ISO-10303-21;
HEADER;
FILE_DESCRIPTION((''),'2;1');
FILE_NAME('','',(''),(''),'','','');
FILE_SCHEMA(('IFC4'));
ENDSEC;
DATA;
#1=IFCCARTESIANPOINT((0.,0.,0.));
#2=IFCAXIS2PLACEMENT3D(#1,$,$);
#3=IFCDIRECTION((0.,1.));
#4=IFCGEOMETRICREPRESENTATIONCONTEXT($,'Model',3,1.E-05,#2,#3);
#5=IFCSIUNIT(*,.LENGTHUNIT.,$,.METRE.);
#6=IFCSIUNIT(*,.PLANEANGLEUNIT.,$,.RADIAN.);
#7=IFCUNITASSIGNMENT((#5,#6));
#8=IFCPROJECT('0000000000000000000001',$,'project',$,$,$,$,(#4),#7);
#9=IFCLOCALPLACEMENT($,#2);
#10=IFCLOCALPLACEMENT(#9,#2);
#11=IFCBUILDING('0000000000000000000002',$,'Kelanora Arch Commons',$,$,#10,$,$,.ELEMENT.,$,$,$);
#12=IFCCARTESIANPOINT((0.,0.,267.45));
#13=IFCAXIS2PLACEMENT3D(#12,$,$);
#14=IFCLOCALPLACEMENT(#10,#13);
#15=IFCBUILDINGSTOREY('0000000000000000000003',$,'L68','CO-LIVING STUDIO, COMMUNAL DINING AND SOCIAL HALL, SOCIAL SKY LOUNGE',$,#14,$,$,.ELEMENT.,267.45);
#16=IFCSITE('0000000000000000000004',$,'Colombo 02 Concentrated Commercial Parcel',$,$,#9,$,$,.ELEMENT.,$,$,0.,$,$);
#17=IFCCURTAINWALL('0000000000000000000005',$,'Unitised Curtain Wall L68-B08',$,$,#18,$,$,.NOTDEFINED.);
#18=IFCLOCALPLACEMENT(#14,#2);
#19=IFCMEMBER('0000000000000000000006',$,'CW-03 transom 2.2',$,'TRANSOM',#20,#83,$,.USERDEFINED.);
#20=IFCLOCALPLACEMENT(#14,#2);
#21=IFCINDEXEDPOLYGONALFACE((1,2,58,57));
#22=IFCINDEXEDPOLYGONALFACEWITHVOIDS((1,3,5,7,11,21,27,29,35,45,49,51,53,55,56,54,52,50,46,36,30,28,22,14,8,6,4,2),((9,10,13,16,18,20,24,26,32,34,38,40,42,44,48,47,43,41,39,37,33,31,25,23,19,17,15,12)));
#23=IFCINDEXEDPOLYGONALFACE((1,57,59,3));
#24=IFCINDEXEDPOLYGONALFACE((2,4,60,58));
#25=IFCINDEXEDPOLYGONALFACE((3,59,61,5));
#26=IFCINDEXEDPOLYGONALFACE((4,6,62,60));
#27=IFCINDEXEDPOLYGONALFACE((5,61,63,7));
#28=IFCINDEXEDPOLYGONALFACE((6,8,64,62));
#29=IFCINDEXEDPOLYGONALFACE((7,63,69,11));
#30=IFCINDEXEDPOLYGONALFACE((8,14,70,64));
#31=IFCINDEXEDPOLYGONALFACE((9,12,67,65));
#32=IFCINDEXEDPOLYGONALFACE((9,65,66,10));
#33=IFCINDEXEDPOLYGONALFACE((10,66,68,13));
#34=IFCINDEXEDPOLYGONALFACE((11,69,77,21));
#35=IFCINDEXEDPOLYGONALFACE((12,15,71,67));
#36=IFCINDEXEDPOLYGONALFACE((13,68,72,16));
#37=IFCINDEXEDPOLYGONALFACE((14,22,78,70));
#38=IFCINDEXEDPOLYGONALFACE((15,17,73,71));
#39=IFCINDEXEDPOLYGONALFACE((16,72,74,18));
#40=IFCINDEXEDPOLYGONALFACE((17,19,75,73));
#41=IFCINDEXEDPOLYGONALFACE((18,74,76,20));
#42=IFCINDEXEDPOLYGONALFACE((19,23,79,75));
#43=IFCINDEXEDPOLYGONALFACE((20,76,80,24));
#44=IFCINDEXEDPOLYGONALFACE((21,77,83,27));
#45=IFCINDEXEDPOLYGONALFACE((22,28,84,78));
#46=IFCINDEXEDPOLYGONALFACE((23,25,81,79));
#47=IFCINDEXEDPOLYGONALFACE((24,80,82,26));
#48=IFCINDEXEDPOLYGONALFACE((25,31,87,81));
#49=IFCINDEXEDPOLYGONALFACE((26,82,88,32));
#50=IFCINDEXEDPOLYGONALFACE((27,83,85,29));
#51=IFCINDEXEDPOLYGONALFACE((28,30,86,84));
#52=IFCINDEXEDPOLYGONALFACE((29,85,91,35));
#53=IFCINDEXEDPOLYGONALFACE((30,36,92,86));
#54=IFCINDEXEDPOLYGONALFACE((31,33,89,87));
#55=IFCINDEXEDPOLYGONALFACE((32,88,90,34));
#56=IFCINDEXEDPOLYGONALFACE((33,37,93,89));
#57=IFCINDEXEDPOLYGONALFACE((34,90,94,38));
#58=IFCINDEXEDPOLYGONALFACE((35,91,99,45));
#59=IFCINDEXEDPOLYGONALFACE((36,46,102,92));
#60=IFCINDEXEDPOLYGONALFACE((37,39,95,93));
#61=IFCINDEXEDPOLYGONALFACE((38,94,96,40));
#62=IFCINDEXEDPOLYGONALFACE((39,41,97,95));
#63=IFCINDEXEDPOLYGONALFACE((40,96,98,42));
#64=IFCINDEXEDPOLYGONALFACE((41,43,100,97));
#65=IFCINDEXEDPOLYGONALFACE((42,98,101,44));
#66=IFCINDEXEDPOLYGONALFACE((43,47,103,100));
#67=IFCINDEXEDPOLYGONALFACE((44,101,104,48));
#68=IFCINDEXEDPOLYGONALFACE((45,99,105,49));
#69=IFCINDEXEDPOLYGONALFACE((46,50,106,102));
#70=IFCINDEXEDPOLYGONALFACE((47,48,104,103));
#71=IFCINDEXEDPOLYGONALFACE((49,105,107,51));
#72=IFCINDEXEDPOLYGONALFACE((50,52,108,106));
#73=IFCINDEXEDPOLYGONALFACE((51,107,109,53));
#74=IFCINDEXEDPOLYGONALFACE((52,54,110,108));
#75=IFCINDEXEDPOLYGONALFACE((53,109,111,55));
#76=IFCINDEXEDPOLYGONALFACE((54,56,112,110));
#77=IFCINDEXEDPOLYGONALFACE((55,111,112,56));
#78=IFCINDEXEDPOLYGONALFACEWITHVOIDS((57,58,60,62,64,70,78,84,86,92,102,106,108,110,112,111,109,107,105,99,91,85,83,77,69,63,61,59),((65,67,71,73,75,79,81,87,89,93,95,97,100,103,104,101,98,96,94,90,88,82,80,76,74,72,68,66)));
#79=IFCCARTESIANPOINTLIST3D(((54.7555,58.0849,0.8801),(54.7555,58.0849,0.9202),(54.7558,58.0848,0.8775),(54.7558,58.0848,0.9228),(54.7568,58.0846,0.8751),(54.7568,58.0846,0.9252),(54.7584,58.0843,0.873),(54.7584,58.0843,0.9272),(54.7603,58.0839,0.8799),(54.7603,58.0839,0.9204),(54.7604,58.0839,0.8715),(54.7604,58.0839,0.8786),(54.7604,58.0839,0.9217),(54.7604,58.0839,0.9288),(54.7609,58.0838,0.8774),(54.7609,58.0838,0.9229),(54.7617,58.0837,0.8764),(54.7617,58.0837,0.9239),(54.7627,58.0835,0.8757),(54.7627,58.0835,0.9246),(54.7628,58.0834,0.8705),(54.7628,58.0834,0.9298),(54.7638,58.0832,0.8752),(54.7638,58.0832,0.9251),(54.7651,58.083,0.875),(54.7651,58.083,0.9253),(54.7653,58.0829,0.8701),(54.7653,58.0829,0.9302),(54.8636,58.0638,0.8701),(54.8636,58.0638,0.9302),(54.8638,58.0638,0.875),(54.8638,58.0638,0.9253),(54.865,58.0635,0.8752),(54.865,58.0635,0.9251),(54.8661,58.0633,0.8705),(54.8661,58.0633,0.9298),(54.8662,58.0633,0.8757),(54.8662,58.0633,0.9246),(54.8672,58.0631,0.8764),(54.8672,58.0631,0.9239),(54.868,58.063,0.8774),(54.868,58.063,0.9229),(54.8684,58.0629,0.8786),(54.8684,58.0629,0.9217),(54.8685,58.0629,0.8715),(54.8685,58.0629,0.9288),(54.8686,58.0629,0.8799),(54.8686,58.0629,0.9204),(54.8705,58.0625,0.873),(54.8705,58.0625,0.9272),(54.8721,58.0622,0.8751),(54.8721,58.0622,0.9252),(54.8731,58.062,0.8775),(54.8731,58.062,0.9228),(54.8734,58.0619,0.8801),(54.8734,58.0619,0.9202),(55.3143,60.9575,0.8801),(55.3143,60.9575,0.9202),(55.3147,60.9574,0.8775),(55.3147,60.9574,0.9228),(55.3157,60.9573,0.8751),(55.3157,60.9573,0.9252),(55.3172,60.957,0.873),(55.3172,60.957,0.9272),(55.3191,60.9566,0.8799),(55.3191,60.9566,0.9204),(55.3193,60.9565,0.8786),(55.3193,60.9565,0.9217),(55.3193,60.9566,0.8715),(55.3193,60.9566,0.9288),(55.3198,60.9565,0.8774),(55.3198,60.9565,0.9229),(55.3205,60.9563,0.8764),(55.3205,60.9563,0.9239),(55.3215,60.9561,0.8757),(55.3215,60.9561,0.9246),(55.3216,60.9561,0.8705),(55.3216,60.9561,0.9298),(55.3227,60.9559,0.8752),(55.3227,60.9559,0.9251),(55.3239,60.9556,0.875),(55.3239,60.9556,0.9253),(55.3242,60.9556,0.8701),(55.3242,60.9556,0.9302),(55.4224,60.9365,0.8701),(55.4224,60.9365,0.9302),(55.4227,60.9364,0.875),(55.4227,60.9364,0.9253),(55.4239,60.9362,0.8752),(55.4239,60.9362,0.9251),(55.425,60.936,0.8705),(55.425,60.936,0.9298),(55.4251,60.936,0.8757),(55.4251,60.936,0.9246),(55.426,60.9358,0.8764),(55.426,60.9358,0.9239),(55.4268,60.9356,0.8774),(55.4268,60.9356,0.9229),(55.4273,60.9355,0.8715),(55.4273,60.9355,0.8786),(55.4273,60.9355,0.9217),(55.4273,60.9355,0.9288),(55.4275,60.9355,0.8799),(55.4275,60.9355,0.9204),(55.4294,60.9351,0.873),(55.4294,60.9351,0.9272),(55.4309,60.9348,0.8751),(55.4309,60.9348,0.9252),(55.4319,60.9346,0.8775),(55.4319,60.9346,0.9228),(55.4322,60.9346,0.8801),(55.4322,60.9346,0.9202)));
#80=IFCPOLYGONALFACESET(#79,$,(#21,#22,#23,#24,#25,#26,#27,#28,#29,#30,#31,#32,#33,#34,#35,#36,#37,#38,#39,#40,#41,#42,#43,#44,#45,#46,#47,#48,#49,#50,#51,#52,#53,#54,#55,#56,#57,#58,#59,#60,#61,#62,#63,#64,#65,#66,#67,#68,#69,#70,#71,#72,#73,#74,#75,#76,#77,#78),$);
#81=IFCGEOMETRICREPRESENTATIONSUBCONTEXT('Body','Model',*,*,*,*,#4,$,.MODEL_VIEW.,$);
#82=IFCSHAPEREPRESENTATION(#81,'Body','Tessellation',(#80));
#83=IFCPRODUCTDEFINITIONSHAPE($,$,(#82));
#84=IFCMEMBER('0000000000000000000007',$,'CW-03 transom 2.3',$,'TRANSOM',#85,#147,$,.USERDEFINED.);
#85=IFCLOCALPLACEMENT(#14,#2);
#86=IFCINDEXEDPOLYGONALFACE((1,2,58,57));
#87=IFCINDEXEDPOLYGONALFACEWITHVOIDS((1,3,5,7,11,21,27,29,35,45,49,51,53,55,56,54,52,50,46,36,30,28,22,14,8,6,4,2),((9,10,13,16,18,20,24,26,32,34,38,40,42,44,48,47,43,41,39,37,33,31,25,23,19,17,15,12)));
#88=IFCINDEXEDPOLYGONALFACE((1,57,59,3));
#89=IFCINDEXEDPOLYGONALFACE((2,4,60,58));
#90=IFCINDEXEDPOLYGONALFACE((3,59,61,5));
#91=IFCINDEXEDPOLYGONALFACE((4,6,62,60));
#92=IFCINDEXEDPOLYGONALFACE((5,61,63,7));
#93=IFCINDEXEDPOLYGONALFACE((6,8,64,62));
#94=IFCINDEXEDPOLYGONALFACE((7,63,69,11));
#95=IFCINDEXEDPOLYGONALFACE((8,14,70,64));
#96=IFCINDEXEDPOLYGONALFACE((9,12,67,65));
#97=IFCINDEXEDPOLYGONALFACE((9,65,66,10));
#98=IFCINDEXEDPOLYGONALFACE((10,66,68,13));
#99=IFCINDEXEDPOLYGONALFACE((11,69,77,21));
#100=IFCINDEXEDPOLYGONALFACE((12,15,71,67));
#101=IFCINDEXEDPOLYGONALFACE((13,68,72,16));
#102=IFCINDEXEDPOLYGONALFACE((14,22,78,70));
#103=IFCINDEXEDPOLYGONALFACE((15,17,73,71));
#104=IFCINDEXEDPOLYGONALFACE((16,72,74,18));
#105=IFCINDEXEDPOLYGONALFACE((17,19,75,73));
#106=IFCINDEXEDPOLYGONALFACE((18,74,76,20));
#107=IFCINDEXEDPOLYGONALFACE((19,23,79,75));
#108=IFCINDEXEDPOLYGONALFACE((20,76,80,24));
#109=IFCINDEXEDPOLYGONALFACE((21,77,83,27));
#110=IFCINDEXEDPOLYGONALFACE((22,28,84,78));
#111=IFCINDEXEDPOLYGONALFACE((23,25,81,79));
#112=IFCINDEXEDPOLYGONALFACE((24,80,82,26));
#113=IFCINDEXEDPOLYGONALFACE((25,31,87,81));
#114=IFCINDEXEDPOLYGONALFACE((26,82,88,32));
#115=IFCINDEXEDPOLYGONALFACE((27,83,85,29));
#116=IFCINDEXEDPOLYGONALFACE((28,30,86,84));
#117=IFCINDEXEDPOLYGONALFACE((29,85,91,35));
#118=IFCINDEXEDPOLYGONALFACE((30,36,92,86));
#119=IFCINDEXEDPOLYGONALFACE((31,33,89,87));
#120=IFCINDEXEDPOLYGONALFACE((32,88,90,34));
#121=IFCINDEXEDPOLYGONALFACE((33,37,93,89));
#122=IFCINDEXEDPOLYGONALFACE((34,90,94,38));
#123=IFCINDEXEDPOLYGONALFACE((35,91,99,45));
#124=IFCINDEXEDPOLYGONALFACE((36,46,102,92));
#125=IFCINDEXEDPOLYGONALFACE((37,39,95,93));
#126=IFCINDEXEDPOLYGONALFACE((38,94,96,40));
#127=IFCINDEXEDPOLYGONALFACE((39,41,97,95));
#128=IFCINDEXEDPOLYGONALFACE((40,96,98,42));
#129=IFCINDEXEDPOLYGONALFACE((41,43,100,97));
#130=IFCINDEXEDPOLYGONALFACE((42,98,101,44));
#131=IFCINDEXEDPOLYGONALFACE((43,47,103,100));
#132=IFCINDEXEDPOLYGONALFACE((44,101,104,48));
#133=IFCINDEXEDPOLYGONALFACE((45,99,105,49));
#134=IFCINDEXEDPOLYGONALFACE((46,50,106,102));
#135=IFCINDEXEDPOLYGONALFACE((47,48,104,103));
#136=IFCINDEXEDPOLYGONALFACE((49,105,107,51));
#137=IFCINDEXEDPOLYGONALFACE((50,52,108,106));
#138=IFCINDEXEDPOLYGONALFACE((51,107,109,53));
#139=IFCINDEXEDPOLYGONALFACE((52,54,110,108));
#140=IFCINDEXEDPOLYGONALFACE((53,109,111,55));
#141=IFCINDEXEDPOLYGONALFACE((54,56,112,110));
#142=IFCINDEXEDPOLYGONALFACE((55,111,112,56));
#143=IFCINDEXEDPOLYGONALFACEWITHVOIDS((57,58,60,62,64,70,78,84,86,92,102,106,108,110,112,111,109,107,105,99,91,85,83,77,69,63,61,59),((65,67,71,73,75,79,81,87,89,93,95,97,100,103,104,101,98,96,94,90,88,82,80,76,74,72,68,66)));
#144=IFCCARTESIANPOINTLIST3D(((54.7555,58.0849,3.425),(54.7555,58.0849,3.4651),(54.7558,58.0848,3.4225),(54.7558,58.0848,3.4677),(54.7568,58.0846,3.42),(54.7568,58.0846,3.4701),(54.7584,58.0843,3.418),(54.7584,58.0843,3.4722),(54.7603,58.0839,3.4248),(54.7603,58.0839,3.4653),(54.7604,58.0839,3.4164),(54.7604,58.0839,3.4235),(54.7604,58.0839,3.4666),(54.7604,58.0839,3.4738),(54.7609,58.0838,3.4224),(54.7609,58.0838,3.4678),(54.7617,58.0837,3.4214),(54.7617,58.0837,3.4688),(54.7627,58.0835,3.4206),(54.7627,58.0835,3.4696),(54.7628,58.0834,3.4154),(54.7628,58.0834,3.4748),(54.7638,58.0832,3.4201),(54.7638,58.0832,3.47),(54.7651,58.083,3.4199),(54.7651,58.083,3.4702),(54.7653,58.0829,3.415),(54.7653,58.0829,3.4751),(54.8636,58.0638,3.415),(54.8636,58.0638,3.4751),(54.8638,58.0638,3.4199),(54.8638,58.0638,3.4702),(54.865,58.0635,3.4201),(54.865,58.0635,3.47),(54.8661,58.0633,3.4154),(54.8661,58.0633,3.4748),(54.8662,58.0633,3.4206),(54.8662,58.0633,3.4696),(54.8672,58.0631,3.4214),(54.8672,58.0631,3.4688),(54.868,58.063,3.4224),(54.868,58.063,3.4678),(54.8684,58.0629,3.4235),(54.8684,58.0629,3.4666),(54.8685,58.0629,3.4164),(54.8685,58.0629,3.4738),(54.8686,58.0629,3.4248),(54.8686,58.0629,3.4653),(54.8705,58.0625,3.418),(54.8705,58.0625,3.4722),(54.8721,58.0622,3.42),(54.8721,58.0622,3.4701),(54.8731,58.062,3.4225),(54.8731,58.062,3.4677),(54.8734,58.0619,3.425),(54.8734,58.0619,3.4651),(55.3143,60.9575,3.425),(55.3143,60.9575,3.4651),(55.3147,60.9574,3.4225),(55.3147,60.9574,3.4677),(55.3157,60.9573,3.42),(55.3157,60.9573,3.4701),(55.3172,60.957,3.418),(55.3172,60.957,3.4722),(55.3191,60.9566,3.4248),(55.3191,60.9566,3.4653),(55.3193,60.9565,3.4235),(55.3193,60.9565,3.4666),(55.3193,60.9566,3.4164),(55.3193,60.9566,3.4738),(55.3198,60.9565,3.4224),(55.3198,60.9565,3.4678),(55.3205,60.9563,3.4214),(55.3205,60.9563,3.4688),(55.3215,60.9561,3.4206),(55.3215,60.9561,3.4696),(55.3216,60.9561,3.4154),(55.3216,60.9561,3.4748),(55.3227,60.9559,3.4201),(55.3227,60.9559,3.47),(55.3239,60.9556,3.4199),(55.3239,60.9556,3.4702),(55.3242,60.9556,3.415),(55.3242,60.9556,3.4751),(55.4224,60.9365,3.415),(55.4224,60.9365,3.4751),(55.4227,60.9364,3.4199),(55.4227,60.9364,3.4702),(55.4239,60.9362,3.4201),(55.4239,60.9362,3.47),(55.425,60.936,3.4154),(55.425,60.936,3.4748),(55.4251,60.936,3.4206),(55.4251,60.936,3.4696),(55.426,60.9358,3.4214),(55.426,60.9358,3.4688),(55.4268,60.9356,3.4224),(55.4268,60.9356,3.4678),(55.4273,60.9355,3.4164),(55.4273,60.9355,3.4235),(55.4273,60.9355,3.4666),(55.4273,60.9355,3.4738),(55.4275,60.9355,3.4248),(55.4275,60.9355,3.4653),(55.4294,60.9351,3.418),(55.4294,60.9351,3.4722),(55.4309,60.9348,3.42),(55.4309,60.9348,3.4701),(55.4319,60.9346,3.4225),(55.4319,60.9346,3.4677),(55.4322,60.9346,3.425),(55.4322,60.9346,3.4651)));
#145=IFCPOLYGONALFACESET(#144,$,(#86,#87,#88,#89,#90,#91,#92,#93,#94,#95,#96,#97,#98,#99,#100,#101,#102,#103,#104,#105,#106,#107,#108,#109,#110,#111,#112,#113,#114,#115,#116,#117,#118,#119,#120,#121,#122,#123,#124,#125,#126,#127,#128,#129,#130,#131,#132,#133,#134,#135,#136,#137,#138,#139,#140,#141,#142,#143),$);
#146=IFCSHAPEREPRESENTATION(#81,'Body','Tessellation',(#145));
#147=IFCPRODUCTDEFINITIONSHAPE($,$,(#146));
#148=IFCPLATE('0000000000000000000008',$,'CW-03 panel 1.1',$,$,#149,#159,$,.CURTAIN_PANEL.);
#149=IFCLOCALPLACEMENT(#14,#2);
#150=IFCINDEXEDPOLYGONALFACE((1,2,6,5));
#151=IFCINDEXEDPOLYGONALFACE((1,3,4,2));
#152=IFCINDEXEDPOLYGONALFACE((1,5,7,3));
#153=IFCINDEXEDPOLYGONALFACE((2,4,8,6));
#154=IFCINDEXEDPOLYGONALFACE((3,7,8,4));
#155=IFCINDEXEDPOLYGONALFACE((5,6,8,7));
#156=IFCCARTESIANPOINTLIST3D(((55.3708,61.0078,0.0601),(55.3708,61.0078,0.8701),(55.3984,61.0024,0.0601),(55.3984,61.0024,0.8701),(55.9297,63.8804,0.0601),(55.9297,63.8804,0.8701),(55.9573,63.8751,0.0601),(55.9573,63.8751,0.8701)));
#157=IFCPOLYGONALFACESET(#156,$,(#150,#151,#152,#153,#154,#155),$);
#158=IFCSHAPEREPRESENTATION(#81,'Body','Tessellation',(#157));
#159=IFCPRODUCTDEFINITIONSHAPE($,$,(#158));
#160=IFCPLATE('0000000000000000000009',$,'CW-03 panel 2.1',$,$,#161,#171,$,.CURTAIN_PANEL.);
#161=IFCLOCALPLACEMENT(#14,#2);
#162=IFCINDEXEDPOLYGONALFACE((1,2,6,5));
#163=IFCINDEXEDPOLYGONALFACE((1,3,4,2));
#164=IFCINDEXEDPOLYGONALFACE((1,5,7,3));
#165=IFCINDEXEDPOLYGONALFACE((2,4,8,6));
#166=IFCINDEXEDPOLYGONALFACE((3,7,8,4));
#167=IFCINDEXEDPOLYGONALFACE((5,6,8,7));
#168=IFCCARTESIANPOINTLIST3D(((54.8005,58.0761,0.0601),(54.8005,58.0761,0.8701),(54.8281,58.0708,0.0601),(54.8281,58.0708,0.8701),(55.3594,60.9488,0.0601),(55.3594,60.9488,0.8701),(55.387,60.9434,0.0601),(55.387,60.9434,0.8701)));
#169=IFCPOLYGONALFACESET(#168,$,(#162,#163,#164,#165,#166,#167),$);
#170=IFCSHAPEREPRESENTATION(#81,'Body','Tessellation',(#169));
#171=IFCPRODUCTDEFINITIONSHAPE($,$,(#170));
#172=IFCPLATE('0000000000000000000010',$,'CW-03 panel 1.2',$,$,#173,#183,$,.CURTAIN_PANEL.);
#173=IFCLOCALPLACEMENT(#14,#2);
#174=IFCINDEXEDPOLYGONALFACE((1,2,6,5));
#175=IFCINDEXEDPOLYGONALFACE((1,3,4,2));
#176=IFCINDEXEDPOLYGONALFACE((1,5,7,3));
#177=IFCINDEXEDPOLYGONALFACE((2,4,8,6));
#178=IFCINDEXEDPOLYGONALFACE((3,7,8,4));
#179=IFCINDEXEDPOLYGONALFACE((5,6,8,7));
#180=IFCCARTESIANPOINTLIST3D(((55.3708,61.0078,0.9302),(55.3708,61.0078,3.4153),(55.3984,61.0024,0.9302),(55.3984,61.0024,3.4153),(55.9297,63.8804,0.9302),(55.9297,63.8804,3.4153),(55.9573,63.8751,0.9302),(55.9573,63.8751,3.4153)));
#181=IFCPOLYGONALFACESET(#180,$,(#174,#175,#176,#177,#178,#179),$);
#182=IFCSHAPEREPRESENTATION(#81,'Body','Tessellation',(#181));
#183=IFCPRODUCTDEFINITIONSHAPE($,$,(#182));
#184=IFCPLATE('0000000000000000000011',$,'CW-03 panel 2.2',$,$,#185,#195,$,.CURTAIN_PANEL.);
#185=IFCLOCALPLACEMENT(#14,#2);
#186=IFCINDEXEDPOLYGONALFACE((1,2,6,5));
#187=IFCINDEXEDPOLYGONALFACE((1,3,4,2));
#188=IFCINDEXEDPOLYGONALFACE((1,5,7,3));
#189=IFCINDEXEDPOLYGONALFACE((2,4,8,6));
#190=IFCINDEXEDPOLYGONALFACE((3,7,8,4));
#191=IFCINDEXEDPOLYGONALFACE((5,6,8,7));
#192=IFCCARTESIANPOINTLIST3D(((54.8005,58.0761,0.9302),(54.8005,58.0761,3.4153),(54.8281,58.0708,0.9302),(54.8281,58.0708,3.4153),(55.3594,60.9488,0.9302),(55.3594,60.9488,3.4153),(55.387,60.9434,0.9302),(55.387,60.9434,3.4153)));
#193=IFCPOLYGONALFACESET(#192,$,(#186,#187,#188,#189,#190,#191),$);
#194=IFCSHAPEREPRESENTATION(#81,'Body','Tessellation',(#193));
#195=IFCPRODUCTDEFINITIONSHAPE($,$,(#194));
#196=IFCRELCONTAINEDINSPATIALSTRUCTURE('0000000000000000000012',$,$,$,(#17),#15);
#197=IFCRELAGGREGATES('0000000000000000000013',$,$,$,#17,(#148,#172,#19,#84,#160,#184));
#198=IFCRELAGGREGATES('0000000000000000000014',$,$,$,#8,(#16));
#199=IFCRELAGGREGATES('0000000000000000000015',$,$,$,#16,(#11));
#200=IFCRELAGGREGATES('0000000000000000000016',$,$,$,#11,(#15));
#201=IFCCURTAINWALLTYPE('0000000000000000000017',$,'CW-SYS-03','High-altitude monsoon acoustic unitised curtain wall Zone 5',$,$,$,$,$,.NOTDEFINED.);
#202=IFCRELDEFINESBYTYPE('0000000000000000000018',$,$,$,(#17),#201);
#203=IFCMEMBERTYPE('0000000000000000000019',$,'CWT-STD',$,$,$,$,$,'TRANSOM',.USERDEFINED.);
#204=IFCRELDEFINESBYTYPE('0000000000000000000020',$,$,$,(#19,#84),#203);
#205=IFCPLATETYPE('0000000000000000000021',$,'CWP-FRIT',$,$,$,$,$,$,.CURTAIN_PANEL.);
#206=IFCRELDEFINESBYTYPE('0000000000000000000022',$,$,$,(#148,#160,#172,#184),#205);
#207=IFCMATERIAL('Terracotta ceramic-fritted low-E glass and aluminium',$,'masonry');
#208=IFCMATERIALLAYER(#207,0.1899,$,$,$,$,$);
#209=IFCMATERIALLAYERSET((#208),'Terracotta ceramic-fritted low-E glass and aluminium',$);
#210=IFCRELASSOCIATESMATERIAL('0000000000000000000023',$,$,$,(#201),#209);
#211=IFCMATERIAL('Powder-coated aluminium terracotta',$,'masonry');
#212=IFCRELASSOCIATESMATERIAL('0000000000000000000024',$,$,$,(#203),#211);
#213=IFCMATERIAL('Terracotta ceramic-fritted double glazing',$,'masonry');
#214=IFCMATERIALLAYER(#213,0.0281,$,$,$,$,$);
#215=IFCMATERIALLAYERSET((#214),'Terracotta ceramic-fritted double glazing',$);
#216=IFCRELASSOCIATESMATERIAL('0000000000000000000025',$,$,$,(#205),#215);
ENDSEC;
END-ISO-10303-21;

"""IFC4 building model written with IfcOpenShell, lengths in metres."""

from ifc_helpers import new_model, si_unit, direction, frame, origin, origin_2d, place, context, subcontext, project, spatial, rectangle, hollow_rectangle, extrude, source, transform, mapped, material, layer, layer_set, material_profile, profile_set, type_object, element, aggregate, save


model = new_model("IFC4")

# Units and contexts
model_context = context("Model", 3, precision=1e-05, world=origin(), true_north=direction((0.0, 1.0)))
body_context = subcontext(model_context, "Body", "Model", "MODEL_VIEW")
ifc_project = project(units=[si_unit("LENGTHUNIT", "METRE"), si_unit("PLANEANGLEUNIT", "RADIAN")], contexts=[model_context])

# Site, building, storey
site_placement = place(None, origin())
site = spatial("IfcSite", under=ifc_project, at=site_placement, Name="Colombo 02 Concentrated Commercial Parcel", CompositionType="ELEMENT", RefElevation=0.0)
building_placement = place(site_placement, origin())
building = spatial("IfcBuilding", under=site, at=building_placement, Name="Kelanora Arch Commons", CompositionType="ELEMENT")
storey_placement = place(building_placement, frame((0.0, 0.0, 267.45)))
storey = spatial("IfcBuildingStorey", under=building, at=storey_placement, Name="L68", Description="CO-LIVING STUDIO, COMMUNAL DINING AND SOCIAL HALL, SOCIAL SKY LOUNGE", CompositionType="ELEMENT", Elevation=267.45)

# Curtain wall, members, plates
ifc_material_1 = material(Name="Terracotta ceramic-fritted low-E glass and aluminium", Category="masonry")
ifc_layer_1 = layer(ifc_material_1, 0.1899)
ifc_layer_set_1 = layer_set([ifc_layer_1], Name="Terracotta ceramic-fritted low-E glass and aluminium")
curtain_wall_type = type_object("IfcCurtainWallType", Name="CW-SYS-03", Description="High-altitude monsoon acoustic unitised curtain wall Zone 5", PredefinedType="NOTDEFINED", material=ifc_layer_set_1)
curtain_wall_placement = place(storey_placement, origin())
curtain_wall = element("IfcCurtainWall", 1, at=curtain_wall_placement, inside=storey, type_object=curtain_wall_type, Name="Unitised Curtain Wall L68-B08", PredefinedType="NOTDEFINED")
ifc_material_2 = material(Name="Powder-coated aluminium terracotta", Category="masonry")
ifc_material_profile_1 = material_profile(ifc_material_2, hollow_rectangle(XDim=0.1201, YDim=0.0601, WallThickness=0.0049, InnerFilletRadius=0.0049, OuterFilletRadius=0.01, at=origin_2d()), Name="CWT120x60")
ifc_profile_set_1 = profile_set([ifc_material_profile_1], Name="Powder-coated aluminium terracotta")
member_type_1 = type_object("IfcMemberType", Name="CWT-STD", ElementType="TRANSOM", PredefinedType="USERDEFINED", material=ifc_profile_set_1)
member_1_placement = place(storey_placement, frame((55.3733, 60.946, 0.9001), z_axis=(-0.190963, -0.981597, 0.0), x_axis=(0.981597, -0.190963, 0.0)))
member_1 = element("IfcMember", 2, at=member_1_placement, type_object=member_type_1, Name="CW-03 transom 2.2", ObjectType="TRANSOM", PredefinedType="USERDEFINED", context=body_context, shape_type="SweptSolid", body=[
    extrude(hollow_rectangle(XDim=0.1201, YDim=0.0601, WallThickness=0.0049, InnerFilletRadius=0.0049, OuterFilletRadius=0.01, at=origin_2d()), origin(), (0.0, 0.0, 1.0), 2.9265),
])
member_2_placement = place(storey_placement, frame((55.3733, 60.946, 3.4451), z_axis=(-0.190963, -0.981597, 0.0), x_axis=(0.981597, -0.190963, 0.0)))
member_2 = element("IfcMember", 3, at=member_2_placement, type_object=member_type_1, Name="CW-03 transom 2.3", ObjectType="TRANSOM", PredefinedType="USERDEFINED", context=body_context, shape_type="SweptSolid", body=[
    extrude(hollow_rectangle(XDim=0.1201, YDim=0.0601, WallThickness=0.0049, InnerFilletRadius=0.0049, OuterFilletRadius=0.01, at=origin_2d()), origin(), (0.0, 0.0, 1.0), 2.9265),
])
ifc_material_3 = material(Name="Terracotta ceramic-fritted double glazing", Category="masonry")
ifc_layer_2 = layer(ifc_material_3, 0.0281)
ifc_layer_set_2 = layer_set([ifc_layer_2], Name="Terracotta ceramic-fritted double glazing")
plate_type = type_object("IfcPlateType", Name="CWP-FRIT", PredefinedType="CURTAIN_PANEL", material=ifc_layer_set_2)
shared_shape_1 = source(origin(), body_context, "Body", "SweptSolid", [
    extrude(rectangle(XDim=2.9265, YDim=0.0281, at=origin_2d()), origin(), (0.0, 0.0, 1.0), 0.8101),
])
plate_1_placement = place(storey_placement, frame((55.6641, 62.4414, 0.0601), z_axis=(0.0, 0.0, 1.0), x_axis=(-0.190972, -0.981596, 0.0)))
plate_1 = element("IfcPlate", 4, at=plate_1_placement, type_object=plate_type, Name="CW-03 panel 1.1", PredefinedType="CURTAIN_PANEL", context=body_context, shape_type="MappedRepresentation", body=[
    mapped(shared_shape_1, transform((0.0, 0.0, 0.0), scale=1.0)),
])
plate_2_placement = place(storey_placement, frame((55.0938, 59.5098, 0.0601), z_axis=(0.0, 0.0, 1.0), x_axis=(-0.190972, -0.981596, 0.0)))
plate_2 = element("IfcPlate", 5, at=plate_2_placement, type_object=plate_type, Name="CW-03 panel 2.1", PredefinedType="CURTAIN_PANEL", context=body_context, shape_type="MappedRepresentation", body=[
    mapped(shared_shape_1, transform((0.0, 0.0, 0.0), scale=1.0)),
])
shared_shape_2 = source(origin(), body_context, "Body", "SweptSolid", [
    extrude(rectangle(XDim=2.9265, YDim=0.0281, at=origin_2d()), origin(), (0.0, 0.0, 1.0), 2.4851),
])
plate_3_placement = place(storey_placement, frame((55.6641, 62.4414, 0.9302), z_axis=(0.0, 0.0, 1.0), x_axis=(-0.190972, -0.981596, 0.0)))
plate_3 = element("IfcPlate", 6, at=plate_3_placement, type_object=plate_type, Name="CW-03 panel 1.2", PredefinedType="CURTAIN_PANEL", context=body_context, shape_type="MappedRepresentation", body=[
    mapped(shared_shape_2, transform((0.0, 0.0, 0.0), scale=1.0)),
])
plate_4_placement = place(storey_placement, frame((55.0938, 59.5098, 0.9302), z_axis=(0.0, 0.0, 1.0), x_axis=(-0.190972, -0.981596, 0.0)))
plate_4 = element("IfcPlate", 7, at=plate_4_placement, type_object=plate_type, Name="CW-03 panel 2.2", PredefinedType="CURTAIN_PANEL", context=body_context, shape_type="MappedRepresentation", body=[
    mapped(shared_shape_2, transform((0.0, 0.0, 0.0), scale=1.0)),
])
aggregate(curtain_wall, [plate_1, plate_3, member_1, member_2, plate_2, plate_4])

save(model, "model.ifc")
